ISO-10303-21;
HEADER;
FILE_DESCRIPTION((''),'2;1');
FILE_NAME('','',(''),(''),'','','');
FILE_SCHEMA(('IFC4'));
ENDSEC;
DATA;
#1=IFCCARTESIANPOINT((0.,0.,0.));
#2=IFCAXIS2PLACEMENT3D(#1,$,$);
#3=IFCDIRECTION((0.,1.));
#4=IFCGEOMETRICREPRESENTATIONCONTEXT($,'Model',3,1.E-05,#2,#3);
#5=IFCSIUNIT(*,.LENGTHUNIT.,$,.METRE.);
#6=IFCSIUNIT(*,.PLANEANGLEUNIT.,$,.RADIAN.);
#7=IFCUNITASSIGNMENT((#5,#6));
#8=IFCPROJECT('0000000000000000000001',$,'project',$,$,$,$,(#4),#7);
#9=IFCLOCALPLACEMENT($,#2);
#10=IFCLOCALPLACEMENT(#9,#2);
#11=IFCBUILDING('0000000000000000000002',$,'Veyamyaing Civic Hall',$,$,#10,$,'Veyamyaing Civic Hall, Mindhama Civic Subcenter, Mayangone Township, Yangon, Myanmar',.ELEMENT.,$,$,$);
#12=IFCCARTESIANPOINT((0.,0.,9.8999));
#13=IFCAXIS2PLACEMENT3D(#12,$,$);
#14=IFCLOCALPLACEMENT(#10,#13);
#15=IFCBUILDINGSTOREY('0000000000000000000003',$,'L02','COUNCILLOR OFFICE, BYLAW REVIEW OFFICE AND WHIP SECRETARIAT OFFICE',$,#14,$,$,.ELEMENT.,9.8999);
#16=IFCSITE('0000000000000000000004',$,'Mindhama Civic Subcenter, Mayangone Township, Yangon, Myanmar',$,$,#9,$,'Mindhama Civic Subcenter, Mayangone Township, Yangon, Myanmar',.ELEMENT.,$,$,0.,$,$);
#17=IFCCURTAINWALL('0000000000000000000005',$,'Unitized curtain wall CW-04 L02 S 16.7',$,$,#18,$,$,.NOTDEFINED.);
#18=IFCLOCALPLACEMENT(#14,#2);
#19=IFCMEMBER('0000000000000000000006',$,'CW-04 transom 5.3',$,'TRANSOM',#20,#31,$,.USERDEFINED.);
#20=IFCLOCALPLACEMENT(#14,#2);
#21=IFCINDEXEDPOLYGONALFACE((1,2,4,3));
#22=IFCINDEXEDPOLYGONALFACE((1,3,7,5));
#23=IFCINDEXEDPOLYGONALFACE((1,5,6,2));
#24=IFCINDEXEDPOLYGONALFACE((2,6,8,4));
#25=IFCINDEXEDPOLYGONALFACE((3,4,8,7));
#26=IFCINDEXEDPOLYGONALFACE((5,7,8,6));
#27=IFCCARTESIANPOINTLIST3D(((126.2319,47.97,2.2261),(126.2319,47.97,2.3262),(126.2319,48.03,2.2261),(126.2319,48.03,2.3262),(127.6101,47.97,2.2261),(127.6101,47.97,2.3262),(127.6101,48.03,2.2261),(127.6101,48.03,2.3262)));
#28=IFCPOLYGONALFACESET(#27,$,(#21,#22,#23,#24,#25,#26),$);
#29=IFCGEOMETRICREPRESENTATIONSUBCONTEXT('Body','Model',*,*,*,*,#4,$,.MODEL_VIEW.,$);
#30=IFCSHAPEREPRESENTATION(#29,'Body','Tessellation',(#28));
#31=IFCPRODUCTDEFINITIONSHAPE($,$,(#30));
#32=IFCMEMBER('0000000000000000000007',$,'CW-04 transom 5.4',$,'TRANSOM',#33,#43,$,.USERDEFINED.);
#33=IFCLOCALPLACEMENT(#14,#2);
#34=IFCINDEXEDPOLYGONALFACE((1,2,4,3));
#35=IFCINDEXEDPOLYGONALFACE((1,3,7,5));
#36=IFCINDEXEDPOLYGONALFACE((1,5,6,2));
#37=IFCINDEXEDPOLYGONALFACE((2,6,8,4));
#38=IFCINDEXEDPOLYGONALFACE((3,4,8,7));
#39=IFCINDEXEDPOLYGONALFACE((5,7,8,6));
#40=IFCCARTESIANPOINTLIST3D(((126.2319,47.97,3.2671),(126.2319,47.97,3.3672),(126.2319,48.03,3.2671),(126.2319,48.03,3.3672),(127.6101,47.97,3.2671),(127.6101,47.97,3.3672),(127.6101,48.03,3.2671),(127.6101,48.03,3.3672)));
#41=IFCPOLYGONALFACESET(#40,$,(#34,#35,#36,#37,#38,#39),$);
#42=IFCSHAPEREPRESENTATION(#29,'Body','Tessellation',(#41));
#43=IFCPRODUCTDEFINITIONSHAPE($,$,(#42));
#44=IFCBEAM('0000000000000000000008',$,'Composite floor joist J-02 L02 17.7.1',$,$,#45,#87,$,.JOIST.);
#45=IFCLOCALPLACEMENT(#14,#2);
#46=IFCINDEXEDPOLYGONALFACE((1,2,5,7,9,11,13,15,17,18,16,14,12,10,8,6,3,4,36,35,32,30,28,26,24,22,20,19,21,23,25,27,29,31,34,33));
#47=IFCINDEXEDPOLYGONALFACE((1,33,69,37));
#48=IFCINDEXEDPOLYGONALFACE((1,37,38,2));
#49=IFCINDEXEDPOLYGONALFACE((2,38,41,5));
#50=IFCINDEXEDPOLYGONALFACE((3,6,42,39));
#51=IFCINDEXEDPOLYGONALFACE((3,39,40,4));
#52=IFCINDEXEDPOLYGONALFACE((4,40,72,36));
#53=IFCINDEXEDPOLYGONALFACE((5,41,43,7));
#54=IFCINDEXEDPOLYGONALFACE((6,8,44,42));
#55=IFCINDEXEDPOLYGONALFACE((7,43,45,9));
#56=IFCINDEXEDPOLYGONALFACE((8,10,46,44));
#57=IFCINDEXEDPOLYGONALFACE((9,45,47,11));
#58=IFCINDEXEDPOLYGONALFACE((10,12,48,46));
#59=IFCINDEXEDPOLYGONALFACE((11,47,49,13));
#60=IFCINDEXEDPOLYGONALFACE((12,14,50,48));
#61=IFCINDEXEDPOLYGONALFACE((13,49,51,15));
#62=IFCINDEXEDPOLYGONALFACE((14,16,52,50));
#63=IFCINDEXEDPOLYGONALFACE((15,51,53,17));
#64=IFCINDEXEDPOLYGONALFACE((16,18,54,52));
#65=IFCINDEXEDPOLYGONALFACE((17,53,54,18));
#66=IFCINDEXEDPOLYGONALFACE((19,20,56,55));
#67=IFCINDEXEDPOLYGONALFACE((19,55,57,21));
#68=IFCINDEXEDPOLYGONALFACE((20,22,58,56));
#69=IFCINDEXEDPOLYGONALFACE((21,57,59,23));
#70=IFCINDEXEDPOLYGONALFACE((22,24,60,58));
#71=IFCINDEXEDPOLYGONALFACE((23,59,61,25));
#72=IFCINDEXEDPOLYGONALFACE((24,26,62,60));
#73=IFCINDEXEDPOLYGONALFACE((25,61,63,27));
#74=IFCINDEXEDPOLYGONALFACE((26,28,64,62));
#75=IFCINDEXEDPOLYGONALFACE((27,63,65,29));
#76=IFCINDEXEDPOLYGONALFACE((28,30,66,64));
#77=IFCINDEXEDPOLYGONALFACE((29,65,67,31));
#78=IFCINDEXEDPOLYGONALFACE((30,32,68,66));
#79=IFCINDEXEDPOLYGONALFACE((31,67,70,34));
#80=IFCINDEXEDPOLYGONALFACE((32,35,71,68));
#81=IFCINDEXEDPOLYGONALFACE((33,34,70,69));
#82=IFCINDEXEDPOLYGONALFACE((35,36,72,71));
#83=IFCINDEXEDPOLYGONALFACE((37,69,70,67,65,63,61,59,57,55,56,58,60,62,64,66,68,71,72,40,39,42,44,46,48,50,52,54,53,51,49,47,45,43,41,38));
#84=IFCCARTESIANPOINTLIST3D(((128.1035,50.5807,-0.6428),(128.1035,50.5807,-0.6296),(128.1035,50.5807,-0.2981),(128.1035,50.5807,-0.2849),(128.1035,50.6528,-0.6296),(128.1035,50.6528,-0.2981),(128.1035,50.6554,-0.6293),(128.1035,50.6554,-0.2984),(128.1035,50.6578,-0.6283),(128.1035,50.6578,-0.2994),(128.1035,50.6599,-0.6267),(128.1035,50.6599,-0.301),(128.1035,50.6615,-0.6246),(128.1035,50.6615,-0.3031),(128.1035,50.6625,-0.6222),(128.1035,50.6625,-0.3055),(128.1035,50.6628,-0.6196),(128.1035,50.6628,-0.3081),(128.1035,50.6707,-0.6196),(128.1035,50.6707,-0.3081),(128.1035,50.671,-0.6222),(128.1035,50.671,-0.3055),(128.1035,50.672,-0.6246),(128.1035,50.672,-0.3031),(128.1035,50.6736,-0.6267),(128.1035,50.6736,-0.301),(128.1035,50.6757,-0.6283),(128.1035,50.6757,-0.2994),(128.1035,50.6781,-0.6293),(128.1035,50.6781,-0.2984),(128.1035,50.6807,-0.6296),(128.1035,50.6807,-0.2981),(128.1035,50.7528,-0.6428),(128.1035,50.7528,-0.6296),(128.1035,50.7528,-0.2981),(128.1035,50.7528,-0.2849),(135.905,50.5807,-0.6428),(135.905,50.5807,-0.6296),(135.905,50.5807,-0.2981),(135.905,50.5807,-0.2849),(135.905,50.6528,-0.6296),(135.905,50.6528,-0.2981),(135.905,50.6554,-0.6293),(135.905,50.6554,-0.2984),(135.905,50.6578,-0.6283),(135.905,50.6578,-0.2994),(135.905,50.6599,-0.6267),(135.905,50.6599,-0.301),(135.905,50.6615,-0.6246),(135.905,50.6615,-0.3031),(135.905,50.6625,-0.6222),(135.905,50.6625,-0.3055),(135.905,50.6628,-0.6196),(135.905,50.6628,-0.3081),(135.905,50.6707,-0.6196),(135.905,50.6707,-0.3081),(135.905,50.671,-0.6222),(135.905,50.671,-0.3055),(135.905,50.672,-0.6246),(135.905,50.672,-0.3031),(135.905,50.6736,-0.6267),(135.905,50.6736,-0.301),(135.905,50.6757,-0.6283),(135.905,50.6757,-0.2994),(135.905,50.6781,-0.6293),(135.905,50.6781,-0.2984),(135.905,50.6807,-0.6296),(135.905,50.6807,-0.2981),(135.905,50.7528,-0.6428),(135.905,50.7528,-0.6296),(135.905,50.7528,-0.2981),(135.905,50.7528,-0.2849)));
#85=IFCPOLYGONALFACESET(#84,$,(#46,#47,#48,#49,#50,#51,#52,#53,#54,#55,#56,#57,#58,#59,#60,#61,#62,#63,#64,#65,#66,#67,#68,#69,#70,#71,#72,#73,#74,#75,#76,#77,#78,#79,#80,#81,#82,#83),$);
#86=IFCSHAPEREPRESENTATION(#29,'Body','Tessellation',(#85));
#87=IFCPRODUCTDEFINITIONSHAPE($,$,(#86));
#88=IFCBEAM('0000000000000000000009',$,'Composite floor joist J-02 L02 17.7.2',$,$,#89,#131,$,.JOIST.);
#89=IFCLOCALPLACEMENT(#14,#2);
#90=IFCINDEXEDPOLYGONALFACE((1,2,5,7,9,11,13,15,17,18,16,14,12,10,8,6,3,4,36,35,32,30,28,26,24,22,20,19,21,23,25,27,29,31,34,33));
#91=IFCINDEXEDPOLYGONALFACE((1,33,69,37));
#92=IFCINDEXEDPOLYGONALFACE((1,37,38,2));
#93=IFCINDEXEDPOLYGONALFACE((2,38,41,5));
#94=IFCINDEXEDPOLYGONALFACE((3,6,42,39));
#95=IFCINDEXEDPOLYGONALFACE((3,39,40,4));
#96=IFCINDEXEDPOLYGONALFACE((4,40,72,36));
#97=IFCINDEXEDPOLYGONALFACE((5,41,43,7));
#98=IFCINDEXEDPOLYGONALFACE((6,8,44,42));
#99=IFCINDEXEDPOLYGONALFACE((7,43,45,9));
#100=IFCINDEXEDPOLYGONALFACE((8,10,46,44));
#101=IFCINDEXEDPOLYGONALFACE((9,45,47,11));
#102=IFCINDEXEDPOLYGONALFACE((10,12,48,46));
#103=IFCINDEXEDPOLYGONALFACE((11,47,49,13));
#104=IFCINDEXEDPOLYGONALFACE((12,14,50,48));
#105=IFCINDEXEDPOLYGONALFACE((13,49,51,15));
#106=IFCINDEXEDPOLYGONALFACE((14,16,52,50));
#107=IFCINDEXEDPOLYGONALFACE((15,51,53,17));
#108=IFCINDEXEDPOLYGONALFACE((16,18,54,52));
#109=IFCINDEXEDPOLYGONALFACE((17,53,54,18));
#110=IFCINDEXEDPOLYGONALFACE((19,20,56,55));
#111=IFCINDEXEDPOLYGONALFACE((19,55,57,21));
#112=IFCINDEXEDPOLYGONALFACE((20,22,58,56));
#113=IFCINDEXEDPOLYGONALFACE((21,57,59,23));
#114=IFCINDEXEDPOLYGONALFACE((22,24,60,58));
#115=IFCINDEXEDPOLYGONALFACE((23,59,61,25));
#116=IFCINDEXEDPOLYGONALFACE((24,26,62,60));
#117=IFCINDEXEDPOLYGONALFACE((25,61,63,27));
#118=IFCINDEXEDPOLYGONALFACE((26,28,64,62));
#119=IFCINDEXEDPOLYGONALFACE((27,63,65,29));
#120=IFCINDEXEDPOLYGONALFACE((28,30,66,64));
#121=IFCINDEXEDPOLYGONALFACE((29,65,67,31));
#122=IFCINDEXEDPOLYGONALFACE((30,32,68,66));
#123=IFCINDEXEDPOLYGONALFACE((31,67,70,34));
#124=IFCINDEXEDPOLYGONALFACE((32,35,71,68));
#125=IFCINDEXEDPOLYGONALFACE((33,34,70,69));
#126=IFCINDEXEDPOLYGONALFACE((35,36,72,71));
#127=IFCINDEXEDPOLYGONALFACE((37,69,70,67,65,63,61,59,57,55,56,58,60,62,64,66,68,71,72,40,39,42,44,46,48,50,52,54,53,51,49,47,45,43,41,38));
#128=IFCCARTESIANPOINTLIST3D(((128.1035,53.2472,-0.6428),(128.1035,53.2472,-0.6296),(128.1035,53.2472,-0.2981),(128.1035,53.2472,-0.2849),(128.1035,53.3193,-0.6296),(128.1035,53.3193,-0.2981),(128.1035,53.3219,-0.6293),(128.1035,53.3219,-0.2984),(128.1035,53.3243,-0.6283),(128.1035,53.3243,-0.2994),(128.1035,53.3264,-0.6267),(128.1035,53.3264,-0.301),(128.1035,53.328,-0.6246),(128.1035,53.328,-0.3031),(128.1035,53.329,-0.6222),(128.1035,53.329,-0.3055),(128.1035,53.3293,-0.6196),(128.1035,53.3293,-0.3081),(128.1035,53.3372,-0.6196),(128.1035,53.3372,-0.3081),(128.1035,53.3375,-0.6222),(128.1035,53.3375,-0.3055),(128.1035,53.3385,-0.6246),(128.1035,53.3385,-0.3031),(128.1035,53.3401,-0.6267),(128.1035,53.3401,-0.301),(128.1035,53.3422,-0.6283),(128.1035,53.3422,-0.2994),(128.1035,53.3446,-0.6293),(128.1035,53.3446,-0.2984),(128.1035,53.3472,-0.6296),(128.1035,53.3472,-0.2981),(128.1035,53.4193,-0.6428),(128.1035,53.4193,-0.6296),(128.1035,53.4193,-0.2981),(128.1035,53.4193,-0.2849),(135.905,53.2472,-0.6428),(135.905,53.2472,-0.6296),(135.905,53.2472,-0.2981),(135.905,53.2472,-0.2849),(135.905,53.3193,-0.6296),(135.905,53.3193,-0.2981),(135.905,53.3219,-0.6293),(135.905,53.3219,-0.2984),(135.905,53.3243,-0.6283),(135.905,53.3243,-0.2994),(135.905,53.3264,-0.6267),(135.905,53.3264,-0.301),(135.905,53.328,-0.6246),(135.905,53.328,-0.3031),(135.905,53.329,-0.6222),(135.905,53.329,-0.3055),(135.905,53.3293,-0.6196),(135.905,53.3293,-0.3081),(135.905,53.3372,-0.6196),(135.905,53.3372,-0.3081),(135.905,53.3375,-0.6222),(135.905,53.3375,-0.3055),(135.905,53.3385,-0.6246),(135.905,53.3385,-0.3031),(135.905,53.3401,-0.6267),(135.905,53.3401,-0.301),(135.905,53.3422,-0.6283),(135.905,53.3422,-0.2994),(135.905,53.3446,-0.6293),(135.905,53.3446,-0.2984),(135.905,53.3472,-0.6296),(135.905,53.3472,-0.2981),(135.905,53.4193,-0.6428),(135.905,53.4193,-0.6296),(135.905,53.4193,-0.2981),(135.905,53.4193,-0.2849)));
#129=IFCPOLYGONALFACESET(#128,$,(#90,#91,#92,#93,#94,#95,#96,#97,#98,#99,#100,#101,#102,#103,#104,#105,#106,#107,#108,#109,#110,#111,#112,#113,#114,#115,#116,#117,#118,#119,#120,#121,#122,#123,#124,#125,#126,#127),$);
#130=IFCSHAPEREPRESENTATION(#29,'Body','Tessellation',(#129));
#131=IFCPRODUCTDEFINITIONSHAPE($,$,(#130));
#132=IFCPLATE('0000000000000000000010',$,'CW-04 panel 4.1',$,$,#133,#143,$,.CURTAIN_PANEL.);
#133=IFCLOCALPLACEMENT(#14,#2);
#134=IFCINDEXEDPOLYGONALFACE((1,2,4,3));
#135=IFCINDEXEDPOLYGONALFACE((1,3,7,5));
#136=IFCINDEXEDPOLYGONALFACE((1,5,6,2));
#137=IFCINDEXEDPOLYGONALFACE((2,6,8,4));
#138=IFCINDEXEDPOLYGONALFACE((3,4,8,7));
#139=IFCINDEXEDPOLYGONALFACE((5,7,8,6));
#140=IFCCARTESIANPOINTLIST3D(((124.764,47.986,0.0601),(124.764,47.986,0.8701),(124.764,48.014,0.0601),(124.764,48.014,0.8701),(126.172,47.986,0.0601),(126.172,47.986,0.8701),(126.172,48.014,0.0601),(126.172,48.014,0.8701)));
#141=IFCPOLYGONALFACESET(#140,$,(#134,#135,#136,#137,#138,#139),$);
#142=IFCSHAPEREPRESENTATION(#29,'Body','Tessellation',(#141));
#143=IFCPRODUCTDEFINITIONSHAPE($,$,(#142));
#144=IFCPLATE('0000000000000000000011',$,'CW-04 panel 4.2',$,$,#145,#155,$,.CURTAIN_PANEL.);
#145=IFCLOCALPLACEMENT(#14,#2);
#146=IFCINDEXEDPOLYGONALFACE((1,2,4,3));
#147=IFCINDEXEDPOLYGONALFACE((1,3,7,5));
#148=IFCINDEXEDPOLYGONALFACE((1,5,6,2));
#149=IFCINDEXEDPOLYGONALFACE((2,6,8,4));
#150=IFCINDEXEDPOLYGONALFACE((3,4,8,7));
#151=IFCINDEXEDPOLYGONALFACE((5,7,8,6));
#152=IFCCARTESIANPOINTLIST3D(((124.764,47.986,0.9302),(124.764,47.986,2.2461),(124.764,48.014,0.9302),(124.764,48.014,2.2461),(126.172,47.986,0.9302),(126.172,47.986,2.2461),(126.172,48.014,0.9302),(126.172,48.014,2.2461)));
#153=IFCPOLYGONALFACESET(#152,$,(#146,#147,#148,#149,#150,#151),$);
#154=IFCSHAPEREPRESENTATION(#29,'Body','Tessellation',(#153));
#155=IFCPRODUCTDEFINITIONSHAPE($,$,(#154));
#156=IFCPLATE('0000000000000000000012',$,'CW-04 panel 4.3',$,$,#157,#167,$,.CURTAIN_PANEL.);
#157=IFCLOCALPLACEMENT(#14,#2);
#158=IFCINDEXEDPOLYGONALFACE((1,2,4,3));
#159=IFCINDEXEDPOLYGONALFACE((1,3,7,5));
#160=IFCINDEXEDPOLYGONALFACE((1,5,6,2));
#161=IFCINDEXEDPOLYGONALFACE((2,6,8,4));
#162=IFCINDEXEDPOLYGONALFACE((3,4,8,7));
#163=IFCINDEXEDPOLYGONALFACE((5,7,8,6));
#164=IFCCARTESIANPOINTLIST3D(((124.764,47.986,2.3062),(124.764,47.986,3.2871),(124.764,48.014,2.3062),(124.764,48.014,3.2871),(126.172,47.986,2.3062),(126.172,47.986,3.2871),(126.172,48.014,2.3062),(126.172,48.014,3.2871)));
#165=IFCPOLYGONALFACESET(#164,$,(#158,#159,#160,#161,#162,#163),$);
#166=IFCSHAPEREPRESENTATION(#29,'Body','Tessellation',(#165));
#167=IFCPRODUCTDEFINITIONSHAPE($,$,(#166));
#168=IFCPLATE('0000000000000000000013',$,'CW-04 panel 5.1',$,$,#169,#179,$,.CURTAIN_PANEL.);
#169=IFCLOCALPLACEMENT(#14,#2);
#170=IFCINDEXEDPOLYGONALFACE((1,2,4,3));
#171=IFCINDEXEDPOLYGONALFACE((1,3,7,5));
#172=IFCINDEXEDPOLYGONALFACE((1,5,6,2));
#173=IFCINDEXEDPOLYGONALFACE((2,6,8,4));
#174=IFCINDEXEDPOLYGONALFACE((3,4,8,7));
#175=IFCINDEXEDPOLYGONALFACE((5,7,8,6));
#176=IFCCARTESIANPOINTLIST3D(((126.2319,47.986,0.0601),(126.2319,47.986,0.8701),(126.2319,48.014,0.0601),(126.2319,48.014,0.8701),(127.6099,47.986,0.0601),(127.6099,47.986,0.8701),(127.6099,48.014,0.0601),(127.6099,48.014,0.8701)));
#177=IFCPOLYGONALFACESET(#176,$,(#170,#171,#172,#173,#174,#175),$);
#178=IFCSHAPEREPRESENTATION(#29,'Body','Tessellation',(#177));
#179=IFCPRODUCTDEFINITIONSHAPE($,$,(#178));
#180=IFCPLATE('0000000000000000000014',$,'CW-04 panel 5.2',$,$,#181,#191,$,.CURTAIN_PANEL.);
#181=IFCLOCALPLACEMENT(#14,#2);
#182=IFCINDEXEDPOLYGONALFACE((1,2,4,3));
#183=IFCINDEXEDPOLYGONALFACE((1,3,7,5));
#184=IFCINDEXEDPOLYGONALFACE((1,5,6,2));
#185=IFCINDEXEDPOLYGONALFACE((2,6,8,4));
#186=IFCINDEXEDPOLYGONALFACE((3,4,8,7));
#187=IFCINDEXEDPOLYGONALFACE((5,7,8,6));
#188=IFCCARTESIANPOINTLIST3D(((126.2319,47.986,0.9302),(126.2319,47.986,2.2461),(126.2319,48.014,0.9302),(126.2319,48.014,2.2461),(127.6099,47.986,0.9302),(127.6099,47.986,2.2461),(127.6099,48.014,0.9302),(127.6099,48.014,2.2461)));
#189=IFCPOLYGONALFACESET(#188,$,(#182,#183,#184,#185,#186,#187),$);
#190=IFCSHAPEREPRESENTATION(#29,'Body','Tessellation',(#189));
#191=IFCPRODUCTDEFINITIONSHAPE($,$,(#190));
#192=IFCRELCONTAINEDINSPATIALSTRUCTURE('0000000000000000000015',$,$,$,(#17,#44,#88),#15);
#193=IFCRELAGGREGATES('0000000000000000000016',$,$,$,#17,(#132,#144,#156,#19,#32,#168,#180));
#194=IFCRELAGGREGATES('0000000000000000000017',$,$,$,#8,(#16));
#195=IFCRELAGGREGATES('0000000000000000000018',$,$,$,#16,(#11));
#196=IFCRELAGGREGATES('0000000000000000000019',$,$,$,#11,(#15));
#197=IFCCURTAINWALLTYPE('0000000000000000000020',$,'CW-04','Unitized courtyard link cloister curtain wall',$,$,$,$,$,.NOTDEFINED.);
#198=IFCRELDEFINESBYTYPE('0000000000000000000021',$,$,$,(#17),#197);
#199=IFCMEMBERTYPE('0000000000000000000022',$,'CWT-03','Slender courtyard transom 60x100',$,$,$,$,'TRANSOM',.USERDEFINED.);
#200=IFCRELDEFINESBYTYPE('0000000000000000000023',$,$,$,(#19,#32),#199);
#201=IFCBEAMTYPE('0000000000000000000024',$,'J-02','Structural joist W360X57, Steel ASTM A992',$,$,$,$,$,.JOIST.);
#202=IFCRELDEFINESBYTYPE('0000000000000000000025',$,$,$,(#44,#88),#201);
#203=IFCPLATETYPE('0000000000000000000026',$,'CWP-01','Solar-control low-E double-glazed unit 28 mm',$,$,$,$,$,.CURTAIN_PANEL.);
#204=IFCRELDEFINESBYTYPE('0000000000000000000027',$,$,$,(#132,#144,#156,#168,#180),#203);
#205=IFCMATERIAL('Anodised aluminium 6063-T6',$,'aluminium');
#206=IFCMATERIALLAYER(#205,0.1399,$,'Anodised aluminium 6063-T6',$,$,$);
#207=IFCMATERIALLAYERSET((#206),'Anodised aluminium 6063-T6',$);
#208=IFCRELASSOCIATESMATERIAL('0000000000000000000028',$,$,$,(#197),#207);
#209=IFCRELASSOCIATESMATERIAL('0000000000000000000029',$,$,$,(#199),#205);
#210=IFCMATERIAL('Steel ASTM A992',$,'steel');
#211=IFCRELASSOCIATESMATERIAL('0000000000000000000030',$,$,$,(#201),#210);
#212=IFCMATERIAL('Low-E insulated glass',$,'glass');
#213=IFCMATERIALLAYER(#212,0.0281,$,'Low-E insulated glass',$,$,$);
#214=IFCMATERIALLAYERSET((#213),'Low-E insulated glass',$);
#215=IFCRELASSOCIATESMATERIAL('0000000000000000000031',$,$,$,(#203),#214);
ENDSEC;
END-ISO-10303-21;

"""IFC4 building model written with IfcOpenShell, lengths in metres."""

from ifc_helpers import new_model, si_unit, direction, frame, origin, origin_2d, place, context, subcontext, project, spatial, rectangle, i_section, extrude, material, layer, layer_set, material_profile, profile_set, type_object, element, aggregate, save


model = new_model("IFC4")

# Units and contexts
model_context = context("Model", 3, precision=1e-05, world=origin(), true_north=direction((0.0, 1.0)))
body_context = subcontext(model_context, "Body", "Model", "MODEL_VIEW")
ifc_project = project(units=[si_unit("LENGTHUNIT", "METRE"), si_unit("PLANEANGLEUNIT", "RADIAN")], contexts=[model_context])

# Site, building, storey
site_placement = place(None, origin())
site = spatial("IfcSite", under=ifc_project, at=site_placement, Name="Mindhama Civic Subcenter, Mayangone Township, Yangon, Myanmar", LongName="Mindhama Civic Subcenter, Mayangone Township, Yangon, Myanmar", CompositionType="ELEMENT", RefElevation=0.0)
building_placement = place(site_placement, origin())
building = spatial("IfcBuilding", under=site, at=building_placement, Name="Veyamyaing Civic Hall", LongName="Veyamyaing Civic Hall, Mindhama Civic Subcenter, Mayangone Township, Yangon, Myanmar", CompositionType="ELEMENT")
storey_placement = place(building_placement, frame((0.0, 0.0, 9.8999)))
storey = spatial("IfcBuildingStorey", under=building, at=storey_placement, Name="L02", Description="COUNCILLOR OFFICE, BYLAW REVIEW OFFICE AND WHIP SECRETARIAT OFFICE", CompositionType="ELEMENT", Elevation=9.8999)

# Shared definitions
ifc_material_1 = material(Name="Steel ASTM A992", Category="steel")

# Curtain wall, members
ifc_material_2 = material(Name="Anodised aluminium 6063-T6", Category="aluminium")
ifc_layer_1 = layer(ifc_material_2, 0.1399, Name="Anodised aluminium 6063-T6")
ifc_layer_set_1 = layer_set([ifc_layer_1], Name="Anodised aluminium 6063-T6")
curtain_wall_type = type_object("IfcCurtainWallType", Name="CW-04", Description="Unitized courtyard link cloister curtain wall", PredefinedType="NOTDEFINED", material=ifc_layer_set_1)
curtain_wall_placement = place(storey_placement, origin())
curtain_wall = element("IfcCurtainWall", 1, at=curtain_wall_placement, inside=storey, type_object=curtain_wall_type, Name="Unitized curtain wall CW-04 L02 S 16.7", PredefinedType="NOTDEFINED")
ifc_material_profile_1 = material_profile(ifc_material_2, rectangle(XDim=0.0601, YDim=0.1001, at=origin_2d()), Name="ALU-TRN-60X100")
ifc_profile_set_1 = profile_set([ifc_material_profile_1], Name="Anodised aluminium 6063-T6")
member_type_1 = type_object("IfcMemberType", Name="CWT-03", Description="Slender courtyard transom 60x100", ElementType="TRANSOM", PredefinedType="USERDEFINED", material=ifc_profile_set_1)
member_1_placement = place(storey_placement, frame((126.2319, 48.0, 2.2761), z_axis=(1.0, 0.0, 0.0), x_axis=(0.0, 1.0, 0.0)))
member_1 = element("IfcMember", 2, at=member_1_placement, type_object=member_type_1, Name="CW-04 transom 5.3", ObjectType="TRANSOM", PredefinedType="USERDEFINED", context=body_context, shape_type="SweptSolid", body=[
    extrude(rectangle(XDim=0.0601, YDim=0.1001, at=origin_2d()), origin(), (0.0, 0.0, 1.0), 1.3782),
])
member_2_placement = place(storey_placement, frame((126.2319, 48.0, 3.3171), z_axis=(1.0, 0.0, 0.0), x_axis=(0.0, 1.0, 0.0)))
member_2 = element("IfcMember", 3, at=member_2_placement, type_object=member_type_1, Name="CW-04 transom 5.4", ObjectType="TRANSOM", PredefinedType="USERDEFINED", context=body_context, shape_type="SweptSolid", body=[
    extrude(rectangle(XDim=0.0601, YDim=0.1001, at=origin_2d()), origin(), (0.0, 0.0, 1.0), 1.3782),
])

# Beams
ifc_material_profile_2 = material_profile(ifc_material_1, i_section(OverallWidth=0.1721, OverallDepth=0.3579, WebThickness=0.0078, FlangeThickness=0.0132, FilletRadius=0.01, at=origin_2d()), Name="W360X57")
ifc_profile_set_2 = profile_set([ifc_material_profile_2], Name="Steel ASTM A992")
beam_type_1 = type_object("IfcBeamType", Name="J-02", Description="Structural joist W360X57, Steel ASTM A992", PredefinedType="JOIST", material=ifc_profile_set_2)
for number, where, z_axis, x_axis, name in (
    (4, (128.1035, 50.6667, -0.4639), (1.0, 0.0, 0.0), (0.0, 1.0, 0.0), "Composite floor joist J-02 L02 17.7.1"),
    (5, (128.1035, 53.3333, -0.4639), (1.0, 0.0, 0.0), (0.0, 1.0, 0.0), "Composite floor joist J-02 L02 17.7.2"),
):
    element("IfcBeam", number, at=place(storey_placement, frame(where, z_axis=z_axis, x_axis=x_axis)), inside=storey, type_object=beam_type_1, Name=name, PredefinedType="JOIST", context=body_context, shape_type="SweptSolid", body=[
        extrude(i_section(OverallWidth=0.1721, OverallDepth=0.3579, WebThickness=0.0078, FlangeThickness=0.0132, FilletRadius=0.01, at=origin_2d()), origin(), (0.0, 0.0, 1.0), 7.8015),
    ])

# Plates
ifc_material_3 = material(Name="Low-E insulated glass", Category="glass")
ifc_layer_2 = layer(ifc_material_3, 0.0281, Name="Low-E insulated glass")
ifc_layer_set_2 = layer_set([ifc_layer_2], Name="Low-E insulated glass")
plate_type = type_object("IfcPlateType", Name="CWP-01", Description="Solar-control low-E double-glazed unit 28 mm", PredefinedType="CURTAIN_PANEL", material=ifc_layer_set_2)
plate_1_placement = place(storey_placement, frame((125.468, 48.0, 0.0601), z_axis=(0.0, 0.0, 1.0), x_axis=(1.0, 0.0, 0.0)))
plate_1 = element("IfcPlate", 6, at=plate_1_placement, type_object=plate_type, Name="CW-04 panel 4.1", PredefinedType="CURTAIN_PANEL", context=body_context, shape_type="SweptSolid", body=[
    extrude(rectangle(XDim=1.408, YDim=0.0281, at=origin_2d()), origin(), (0.0, 0.0, 1.0), 0.8101),
])
plate_2_placement = place(storey_placement, frame((125.468, 48.0, 0.9302), z_axis=(0.0, 0.0, 1.0), x_axis=(1.0, 0.0, 0.0)))
plate_2 = element("IfcPlate", 7, at=plate_2_placement, type_object=plate_type, Name="CW-04 panel 4.2", PredefinedType="CURTAIN_PANEL", context=body_context, shape_type="SweptSolid", body=[
    extrude(rectangle(XDim=1.408, YDim=0.0281, at=origin_2d()), origin(), (0.0, 0.0, 1.0), 1.3159),
])
plate_3_placement = place(storey_placement, frame((125.468, 48.0, 2.3062), z_axis=(0.0, 0.0, 1.0), x_axis=(1.0, 0.0, 0.0)))
plate_3 = element("IfcPlate", 8, at=plate_3_placement, type_object=plate_type, Name="CW-04 panel 4.3", PredefinedType="CURTAIN_PANEL", context=body_context, shape_type="SweptSolid", body=[
    extrude(rectangle(XDim=1.408, YDim=0.0281, at=origin_2d()), origin(), (0.0, 0.0, 1.0), 0.981),
])
plate_4_placement = place(storey_placement, frame((126.9209, 48.0, 0.0601), z_axis=(0.0, 0.0, 1.0), x_axis=(1.0, 0.0, 0.0)))
plate_4 = element("IfcPlate", 9, at=plate_4_placement, type_object=plate_type, Name="CW-04 panel 5.1", PredefinedType="CURTAIN_PANEL", context=body_context, shape_type="SweptSolid", body=[
    extrude(rectangle(XDim=1.3779, YDim=0.0281, at=origin_2d()), origin(), (0.0, 0.0, 1.0), 0.8101),
])
plate_5_placement = place(storey_placement, frame((126.9209, 48.0, 0.9302), z_axis=(0.0, 0.0, 1.0), x_axis=(1.0, 0.0, 0.0)))
plate_5 = element("IfcPlate", 10, at=plate_5_placement, type_object=plate_type, Name="CW-04 panel 5.2", PredefinedType="CURTAIN_PANEL", context=body_context, shape_type="SweptSolid", body=[
    extrude(rectangle(XDim=1.3779, YDim=0.0281, at=origin_2d()), origin(), (0.0, 0.0, 1.0), 1.3159),
])
aggregate(curtain_wall, [plate_1, plate_2, plate_3, member_1, member_2, plate_4, plate_5])

save(model, "model.ifc")
